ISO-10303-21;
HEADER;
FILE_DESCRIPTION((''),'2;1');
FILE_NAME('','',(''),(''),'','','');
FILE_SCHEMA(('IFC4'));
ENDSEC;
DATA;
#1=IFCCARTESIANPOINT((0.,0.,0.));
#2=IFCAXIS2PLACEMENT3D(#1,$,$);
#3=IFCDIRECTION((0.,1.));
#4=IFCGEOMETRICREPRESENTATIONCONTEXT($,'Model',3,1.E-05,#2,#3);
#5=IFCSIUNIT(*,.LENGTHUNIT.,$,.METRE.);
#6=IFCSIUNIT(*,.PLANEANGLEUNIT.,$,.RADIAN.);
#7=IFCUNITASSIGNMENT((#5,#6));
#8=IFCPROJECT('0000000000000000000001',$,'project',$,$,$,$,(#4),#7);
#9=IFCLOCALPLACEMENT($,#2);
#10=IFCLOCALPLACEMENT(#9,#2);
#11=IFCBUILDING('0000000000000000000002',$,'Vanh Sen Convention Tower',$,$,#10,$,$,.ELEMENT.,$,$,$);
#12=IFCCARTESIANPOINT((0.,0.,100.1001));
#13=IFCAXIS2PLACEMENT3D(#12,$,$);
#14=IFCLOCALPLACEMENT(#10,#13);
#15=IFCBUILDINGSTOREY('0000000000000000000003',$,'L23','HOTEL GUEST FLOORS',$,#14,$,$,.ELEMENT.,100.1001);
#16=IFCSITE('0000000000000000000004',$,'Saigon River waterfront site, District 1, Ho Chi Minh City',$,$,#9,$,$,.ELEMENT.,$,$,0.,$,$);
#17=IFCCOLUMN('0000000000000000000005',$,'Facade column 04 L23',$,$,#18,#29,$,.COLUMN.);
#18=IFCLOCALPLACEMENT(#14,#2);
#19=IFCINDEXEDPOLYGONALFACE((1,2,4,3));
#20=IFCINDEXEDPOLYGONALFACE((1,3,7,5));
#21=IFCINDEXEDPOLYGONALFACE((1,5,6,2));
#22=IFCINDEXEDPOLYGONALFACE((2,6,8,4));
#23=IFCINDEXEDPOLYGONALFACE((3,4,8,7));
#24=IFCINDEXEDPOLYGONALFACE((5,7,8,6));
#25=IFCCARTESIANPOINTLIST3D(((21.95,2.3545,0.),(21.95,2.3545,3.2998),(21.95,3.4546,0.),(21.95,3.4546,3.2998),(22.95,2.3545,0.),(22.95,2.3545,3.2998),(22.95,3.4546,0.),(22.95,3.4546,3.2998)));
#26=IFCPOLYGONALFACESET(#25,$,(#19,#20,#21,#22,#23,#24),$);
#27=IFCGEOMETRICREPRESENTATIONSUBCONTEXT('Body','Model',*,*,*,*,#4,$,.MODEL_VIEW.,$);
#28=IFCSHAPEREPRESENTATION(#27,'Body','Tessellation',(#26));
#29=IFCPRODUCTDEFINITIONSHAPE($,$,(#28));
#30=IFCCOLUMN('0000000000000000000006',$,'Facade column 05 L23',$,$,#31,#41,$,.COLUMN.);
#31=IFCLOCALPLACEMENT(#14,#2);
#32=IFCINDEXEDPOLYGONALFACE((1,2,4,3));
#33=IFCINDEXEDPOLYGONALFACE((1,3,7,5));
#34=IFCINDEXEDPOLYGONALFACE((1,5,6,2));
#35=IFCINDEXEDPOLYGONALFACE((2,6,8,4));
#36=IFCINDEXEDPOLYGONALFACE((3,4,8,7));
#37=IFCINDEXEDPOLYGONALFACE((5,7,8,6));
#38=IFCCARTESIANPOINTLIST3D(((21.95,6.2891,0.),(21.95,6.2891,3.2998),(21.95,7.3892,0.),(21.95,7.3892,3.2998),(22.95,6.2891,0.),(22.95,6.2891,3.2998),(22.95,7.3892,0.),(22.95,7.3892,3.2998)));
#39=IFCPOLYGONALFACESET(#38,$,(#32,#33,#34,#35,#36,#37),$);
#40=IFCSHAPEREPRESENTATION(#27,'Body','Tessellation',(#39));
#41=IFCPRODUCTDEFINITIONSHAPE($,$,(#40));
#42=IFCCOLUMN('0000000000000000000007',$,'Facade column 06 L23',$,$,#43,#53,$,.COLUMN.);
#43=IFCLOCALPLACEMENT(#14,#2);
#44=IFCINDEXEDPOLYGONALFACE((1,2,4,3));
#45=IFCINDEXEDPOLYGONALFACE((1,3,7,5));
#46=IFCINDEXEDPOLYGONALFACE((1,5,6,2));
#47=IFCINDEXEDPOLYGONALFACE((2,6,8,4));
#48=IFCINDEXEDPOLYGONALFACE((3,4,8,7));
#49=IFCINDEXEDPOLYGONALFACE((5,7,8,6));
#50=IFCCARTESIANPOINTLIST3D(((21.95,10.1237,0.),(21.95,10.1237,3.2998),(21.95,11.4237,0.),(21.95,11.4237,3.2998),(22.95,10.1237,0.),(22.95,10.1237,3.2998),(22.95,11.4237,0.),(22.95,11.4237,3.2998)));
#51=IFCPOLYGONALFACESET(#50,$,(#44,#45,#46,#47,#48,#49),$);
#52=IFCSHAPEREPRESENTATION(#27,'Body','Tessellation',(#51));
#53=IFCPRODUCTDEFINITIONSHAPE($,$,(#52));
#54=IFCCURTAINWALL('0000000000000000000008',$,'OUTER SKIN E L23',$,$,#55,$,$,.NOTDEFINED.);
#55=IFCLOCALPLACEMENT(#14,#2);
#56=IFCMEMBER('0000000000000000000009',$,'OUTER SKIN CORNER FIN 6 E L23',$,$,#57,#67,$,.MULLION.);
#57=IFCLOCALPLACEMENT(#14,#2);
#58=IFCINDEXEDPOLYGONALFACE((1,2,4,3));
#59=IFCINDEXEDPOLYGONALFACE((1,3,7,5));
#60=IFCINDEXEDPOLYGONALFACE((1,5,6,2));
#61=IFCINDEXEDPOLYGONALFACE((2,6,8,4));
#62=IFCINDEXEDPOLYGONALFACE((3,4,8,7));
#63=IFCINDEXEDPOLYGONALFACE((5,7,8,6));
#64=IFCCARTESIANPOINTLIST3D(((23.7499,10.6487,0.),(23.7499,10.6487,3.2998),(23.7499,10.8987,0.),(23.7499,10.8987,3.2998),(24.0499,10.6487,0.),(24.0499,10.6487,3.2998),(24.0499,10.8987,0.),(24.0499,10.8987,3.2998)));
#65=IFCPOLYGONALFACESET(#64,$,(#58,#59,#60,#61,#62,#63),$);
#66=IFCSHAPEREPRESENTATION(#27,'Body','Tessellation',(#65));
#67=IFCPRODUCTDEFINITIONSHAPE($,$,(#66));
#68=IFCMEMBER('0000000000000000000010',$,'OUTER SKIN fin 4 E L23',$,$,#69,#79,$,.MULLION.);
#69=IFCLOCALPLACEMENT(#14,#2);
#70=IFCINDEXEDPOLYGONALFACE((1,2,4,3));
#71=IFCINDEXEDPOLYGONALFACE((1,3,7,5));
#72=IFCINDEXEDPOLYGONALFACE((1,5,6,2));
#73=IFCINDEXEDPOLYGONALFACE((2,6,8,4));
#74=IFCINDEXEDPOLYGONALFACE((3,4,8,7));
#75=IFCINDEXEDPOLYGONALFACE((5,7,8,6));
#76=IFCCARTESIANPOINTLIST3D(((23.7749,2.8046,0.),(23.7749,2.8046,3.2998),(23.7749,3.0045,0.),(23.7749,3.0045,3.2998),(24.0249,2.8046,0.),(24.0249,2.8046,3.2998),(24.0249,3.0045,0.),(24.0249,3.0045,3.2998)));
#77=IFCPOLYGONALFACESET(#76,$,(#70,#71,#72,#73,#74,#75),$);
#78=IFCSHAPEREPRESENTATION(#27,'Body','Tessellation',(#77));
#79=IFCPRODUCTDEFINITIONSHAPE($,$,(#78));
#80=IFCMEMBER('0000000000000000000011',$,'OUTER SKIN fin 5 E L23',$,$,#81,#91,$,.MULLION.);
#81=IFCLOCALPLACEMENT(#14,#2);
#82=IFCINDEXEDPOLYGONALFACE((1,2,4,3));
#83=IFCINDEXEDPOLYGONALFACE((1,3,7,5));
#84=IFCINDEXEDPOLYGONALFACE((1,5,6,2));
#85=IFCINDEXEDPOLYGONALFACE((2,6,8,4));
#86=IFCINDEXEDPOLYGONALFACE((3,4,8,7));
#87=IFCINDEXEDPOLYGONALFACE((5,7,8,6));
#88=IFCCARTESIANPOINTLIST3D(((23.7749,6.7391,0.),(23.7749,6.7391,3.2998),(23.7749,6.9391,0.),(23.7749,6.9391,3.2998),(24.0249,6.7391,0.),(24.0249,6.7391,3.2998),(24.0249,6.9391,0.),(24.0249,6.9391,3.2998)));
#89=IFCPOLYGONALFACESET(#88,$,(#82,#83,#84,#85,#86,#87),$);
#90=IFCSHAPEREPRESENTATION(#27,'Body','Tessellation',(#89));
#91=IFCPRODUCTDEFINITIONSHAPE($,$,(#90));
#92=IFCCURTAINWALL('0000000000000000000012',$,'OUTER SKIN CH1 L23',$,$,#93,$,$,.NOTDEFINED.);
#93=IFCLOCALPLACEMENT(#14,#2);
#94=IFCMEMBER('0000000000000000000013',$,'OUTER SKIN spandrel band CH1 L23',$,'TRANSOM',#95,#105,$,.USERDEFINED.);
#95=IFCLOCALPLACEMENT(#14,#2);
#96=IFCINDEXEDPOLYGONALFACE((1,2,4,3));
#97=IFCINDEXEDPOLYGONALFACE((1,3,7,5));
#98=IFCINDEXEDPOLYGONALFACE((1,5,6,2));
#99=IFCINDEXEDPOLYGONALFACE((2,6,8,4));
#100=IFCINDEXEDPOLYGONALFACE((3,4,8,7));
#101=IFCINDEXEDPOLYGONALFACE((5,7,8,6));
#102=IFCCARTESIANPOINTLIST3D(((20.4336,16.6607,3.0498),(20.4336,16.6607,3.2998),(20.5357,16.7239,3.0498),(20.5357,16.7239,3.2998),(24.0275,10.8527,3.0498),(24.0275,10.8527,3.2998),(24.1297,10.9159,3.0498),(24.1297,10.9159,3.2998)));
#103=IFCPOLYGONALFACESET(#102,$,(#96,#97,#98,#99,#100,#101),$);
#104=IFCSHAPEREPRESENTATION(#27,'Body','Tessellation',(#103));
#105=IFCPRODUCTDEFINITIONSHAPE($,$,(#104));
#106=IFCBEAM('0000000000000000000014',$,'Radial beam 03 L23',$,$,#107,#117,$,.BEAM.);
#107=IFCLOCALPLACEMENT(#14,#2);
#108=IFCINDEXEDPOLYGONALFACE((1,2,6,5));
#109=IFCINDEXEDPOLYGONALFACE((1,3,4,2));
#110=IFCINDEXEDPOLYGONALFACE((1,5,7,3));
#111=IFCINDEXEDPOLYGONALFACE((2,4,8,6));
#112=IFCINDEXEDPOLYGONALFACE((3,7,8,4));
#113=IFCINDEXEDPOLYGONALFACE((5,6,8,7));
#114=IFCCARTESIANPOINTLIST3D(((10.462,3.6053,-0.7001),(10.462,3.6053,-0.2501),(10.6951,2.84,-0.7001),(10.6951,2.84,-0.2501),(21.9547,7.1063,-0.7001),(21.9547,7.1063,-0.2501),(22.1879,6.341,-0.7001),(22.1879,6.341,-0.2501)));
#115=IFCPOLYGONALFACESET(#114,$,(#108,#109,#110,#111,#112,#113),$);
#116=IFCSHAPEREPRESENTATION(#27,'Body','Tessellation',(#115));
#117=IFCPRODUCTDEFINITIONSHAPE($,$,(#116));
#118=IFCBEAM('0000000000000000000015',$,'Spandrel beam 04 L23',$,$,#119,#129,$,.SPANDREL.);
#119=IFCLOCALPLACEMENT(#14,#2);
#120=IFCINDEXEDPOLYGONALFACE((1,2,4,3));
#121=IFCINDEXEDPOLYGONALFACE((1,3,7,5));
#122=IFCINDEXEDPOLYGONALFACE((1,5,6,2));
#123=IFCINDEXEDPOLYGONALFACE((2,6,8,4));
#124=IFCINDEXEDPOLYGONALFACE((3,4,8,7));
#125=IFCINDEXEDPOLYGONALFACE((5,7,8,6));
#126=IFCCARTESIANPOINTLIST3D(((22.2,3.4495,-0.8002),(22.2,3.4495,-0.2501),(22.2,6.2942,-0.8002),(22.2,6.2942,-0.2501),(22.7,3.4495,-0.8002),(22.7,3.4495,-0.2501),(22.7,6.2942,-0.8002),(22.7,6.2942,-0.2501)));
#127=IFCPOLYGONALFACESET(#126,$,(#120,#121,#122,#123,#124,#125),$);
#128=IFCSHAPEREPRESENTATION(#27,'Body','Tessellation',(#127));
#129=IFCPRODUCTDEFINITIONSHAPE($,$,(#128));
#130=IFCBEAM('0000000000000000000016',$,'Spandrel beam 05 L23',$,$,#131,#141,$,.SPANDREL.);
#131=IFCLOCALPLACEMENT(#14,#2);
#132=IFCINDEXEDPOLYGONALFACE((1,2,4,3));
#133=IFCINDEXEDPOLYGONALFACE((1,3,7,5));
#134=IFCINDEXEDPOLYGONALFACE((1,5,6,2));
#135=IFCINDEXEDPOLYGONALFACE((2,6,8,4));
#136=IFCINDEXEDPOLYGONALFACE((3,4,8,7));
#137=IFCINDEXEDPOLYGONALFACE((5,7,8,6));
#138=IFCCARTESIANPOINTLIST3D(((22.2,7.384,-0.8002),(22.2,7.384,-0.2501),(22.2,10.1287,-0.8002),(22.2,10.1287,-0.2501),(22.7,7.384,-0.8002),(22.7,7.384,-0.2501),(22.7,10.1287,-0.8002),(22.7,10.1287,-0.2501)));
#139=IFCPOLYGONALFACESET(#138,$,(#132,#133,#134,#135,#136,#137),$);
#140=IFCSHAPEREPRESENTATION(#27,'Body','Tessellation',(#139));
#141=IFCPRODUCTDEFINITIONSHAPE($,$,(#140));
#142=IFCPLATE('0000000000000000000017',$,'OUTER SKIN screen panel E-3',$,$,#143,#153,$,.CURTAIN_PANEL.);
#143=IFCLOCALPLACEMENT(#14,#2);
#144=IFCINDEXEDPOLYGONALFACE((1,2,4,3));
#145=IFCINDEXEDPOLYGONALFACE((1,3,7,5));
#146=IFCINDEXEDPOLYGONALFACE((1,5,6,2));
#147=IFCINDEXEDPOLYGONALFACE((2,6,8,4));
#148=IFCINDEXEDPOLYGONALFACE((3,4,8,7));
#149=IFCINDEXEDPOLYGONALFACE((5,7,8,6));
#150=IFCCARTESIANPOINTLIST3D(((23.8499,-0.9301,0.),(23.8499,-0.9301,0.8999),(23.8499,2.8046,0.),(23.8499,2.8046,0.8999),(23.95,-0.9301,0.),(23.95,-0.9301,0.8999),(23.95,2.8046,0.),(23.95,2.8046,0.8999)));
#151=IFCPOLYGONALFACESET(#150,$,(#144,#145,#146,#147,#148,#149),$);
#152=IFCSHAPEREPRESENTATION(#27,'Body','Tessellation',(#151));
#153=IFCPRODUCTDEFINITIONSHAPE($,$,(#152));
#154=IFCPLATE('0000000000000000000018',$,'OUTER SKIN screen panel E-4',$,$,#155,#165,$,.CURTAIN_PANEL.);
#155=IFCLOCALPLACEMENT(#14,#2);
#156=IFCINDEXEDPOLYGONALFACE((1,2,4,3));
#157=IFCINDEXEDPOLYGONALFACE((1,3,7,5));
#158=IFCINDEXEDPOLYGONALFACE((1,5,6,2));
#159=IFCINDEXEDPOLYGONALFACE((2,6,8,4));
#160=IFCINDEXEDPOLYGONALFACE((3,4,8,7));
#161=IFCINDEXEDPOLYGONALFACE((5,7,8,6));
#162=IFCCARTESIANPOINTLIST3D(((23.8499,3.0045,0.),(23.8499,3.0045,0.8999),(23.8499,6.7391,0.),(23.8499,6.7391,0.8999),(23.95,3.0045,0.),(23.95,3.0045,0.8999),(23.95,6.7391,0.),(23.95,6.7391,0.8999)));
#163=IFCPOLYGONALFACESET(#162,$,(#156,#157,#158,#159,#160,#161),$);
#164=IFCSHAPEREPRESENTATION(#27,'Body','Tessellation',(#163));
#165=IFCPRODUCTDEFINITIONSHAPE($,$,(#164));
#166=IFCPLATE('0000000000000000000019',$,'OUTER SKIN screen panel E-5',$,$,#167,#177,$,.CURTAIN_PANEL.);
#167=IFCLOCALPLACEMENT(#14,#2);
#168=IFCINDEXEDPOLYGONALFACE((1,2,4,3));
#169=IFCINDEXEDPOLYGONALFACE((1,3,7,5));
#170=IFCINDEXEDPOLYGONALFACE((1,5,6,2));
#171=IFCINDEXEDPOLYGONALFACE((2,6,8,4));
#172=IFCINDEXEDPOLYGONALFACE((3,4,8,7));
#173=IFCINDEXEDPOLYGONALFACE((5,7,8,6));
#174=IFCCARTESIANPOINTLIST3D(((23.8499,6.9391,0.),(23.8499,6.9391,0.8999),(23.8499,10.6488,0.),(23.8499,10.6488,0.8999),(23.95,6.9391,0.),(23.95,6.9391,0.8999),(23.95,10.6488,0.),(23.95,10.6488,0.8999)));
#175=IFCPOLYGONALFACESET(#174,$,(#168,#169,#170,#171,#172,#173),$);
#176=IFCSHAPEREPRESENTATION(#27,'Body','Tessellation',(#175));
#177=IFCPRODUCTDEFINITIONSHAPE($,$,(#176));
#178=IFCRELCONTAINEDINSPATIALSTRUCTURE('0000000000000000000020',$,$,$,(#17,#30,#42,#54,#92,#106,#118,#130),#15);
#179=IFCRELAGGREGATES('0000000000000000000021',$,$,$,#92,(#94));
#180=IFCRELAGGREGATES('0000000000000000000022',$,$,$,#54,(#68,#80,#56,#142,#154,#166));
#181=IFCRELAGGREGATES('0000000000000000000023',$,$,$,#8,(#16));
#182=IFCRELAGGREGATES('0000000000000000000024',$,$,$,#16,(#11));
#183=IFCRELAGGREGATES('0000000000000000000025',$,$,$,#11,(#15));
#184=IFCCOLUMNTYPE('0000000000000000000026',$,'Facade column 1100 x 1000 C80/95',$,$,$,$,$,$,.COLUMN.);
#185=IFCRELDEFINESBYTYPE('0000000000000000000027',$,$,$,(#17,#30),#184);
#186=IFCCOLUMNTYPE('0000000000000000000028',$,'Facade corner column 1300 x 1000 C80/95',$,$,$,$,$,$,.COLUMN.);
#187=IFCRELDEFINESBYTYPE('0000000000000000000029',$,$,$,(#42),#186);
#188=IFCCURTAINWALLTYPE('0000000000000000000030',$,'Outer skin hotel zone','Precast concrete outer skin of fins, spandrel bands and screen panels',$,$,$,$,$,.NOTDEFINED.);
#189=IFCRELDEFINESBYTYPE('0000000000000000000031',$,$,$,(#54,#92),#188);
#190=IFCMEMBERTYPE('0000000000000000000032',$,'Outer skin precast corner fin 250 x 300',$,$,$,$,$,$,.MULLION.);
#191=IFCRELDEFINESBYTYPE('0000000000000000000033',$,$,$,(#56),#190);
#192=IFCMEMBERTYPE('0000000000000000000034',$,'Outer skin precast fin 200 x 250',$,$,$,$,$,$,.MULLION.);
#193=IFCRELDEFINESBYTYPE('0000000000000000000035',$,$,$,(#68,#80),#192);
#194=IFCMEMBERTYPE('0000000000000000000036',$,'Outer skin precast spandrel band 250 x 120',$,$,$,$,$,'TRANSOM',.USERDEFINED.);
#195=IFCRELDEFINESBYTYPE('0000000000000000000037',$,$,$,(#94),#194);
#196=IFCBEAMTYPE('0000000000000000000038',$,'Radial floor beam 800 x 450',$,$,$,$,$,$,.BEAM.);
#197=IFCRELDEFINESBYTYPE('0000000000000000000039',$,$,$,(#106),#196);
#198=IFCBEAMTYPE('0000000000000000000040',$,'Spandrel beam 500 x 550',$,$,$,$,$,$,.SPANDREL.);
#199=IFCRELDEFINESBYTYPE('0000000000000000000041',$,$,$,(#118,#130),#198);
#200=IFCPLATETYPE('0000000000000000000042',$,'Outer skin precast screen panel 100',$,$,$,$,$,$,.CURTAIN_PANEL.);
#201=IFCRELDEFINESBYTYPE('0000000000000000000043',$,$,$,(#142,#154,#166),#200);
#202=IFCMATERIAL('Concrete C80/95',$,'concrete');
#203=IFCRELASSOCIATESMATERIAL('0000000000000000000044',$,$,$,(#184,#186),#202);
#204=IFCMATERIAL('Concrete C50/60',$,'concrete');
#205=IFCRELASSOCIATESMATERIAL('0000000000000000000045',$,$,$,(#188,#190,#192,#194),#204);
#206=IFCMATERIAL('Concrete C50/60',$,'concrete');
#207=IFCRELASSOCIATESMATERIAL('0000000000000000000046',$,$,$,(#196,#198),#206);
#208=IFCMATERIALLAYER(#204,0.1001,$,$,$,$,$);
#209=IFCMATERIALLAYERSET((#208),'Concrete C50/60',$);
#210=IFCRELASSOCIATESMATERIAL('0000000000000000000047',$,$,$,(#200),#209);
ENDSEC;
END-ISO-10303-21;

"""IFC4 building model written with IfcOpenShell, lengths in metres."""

from ifc_helpers import new_model, si_unit, direction, frame, origin, origin_2d, place, context, subcontext, project, spatial, rectangle, extrude, material, layer, layer_set, material_profile, profile_set, type_object, element, aggregate, save


model = new_model("IFC4")

# Units and contexts
model_context = context("Model", 3, precision=1e-05, world=origin(), true_north=direction((0.0, 1.0)))
body_context = subcontext(model_context, "Body", "Model", "MODEL_VIEW")
ifc_project = project(units=[si_unit("LENGTHUNIT", "METRE"), si_unit("PLANEANGLEUNIT", "RADIAN")], contexts=[model_context])

# Site, building, storey
site_placement = place(None, origin())
site = spatial("IfcSite", under=ifc_project, at=site_placement, Name="Saigon River waterfront site, District 1, Ho Chi Minh City", CompositionType="ELEMENT", RefElevation=0.0)
building_placement = place(site_placement, origin())
building = spatial("IfcBuilding", under=site, at=building_placement, Name="Vanh Sen Convention Tower", CompositionType="ELEMENT")
storey_placement = place(building_placement, frame((0.0, 0.0, 100.1001)))
storey = spatial("IfcBuildingStorey", under=building, at=storey_placement, Name="L23", Description="HOTEL GUEST FLOORS", CompositionType="ELEMENT", Elevation=100.1001)

# Columns
ifc_material_1 = material(Name="Concrete C80/95", Category="concrete")
ifc_material_profile_1 = material_profile(ifc_material_1, rectangle(XDim=1.1001, YDim=1.0, at=origin_2d()), Name="RC 1100X1000")
ifc_profile_set_1 = profile_set([ifc_material_profile_1], Name="Concrete C80/95")
column_type_1 = type_object("IfcColumnType", Name="Facade column 1100 x 1000 C80/95", PredefinedType="COLUMN", material=ifc_profile_set_1)
for number, where, z_axis, x_axis, name in (
    (1, (22.45, 2.9045, 0.0), (0.0, 0.0, 1.0), (0.0, 1.0, 0.0), "Facade column 04 L23"),
    (2, (22.45, 6.8391, 0.0), (0.0, 0.0, 1.0), (0.0, 1.0, 0.0), "Facade column 05 L23"),
):
    element("IfcColumn", number, at=place(storey_placement, frame(where, z_axis=z_axis, x_axis=x_axis)), inside=storey, type_object=column_type_1, Name=name, PredefinedType="COLUMN", context=body_context, shape_type="SweptSolid", body=[
        extrude(rectangle(XDim=1.1001, YDim=1.0, at=origin_2d()), origin(), (0.0, 0.0, 1.0), 3.2998),
    ])
ifc_material_profile_2 = material_profile(ifc_material_1, rectangle(XDim=1.3, YDim=1.0, at=origin_2d()), Name="RC 1300X1000")
ifc_profile_set_2 = profile_set([ifc_material_profile_2], Name="Concrete C80/95")
column_type_2 = type_object("IfcColumnType", Name="Facade corner column 1300 x 1000 C80/95", PredefinedType="COLUMN", material=ifc_profile_set_2)
column_placement = place(storey_placement, frame((22.45, 10.7737, 0.0), z_axis=(0.0, 0.0, 1.0), x_axis=(0.0, 1.0, 0.0)))
element("IfcColumn", 3, at=column_placement, inside=storey, type_object=column_type_2, Name="Facade column 06 L23", PredefinedType="COLUMN", context=body_context, shape_type="SweptSolid", body=[
    extrude(rectangle(XDim=1.3, YDim=1.0, at=origin_2d()), origin(), (0.0, 0.0, 1.0), 3.2998),
])

# Curtain wall, members
ifc_material_2 = material(Name="Concrete C50/60", Category="concrete")
curtain_wall_type = type_object("IfcCurtainWallType", Name="Outer skin hotel zone", Description="Precast concrete outer skin of fins, spandrel bands and screen panels", PredefinedType="NOTDEFINED", material=ifc_material_2)
curtain_wall_1_placement = place(storey_placement, origin())
curtain_wall_1 = element("IfcCurtainWall", 4, at=curtain_wall_1_placement, inside=storey, type_object=curtain_wall_type, Name="OUTER SKIN E L23", PredefinedType="NOTDEFINED")
ifc_material_profile_3 = material_profile(ifc_material_2, rectangle(XDim=0.25, YDim=0.3, at=origin_2d()), Name="Outer skin precast corner fin 250 x 300")
ifc_profile_set_3 = profile_set([ifc_material_profile_3], Name="Concrete C50/60")
member_type_1 = type_object("IfcMemberType", Name="Outer skin precast corner fin 250 x 300", PredefinedType="MULLION", material=ifc_profile_set_3)
member_1_placement = place(storey_placement, frame((23.8999, 10.7737, 0.0), z_axis=(0.0, 0.0, 1.0), x_axis=(0.0, 1.0, 0.0)))
member_1 = element("IfcMember", 5, at=member_1_placement, type_object=member_type_1, Name="OUTER SKIN CORNER FIN 6 E L23", PredefinedType="MULLION", context=body_context, shape_type="SweptSolid", body=[
    extrude(rectangle(XDim=0.25, YDim=0.3, at=origin_2d()), origin(), (0.0, 0.0, 1.0), 3.2998),
])
ifc_material_profile_4 = material_profile(ifc_material_2, rectangle(XDim=0.2, YDim=0.25, at=origin_2d()), Name="Outer skin precast fin 200 x 250")
ifc_profile_set_4 = profile_set([ifc_material_profile_4], Name="Concrete C50/60")
member_type_2 = type_object("IfcMemberType", Name="Outer skin precast fin 200 x 250", PredefinedType="MULLION", material=ifc_profile_set_4)
member_2_placement = place(storey_placement, frame((23.8999, 2.9045, 0.0), z_axis=(0.0, 0.0, 1.0), x_axis=(0.0, 1.0, 0.0)))
member_2 = element("IfcMember", 6, at=member_2_placement, type_object=member_type_2, Name="OUTER SKIN fin 4 E L23", PredefinedType="MULLION", context=body_context, shape_type="SweptSolid", body=[
    extrude(rectangle(XDim=0.2, YDim=0.25, at=origin_2d()), origin(), (0.0, 0.0, 1.0), 3.2998),
])
member_3_placement = place(storey_placement, frame((23.8999, 6.8391, 0.0), z_axis=(0.0, 0.0, 1.0), x_axis=(0.0, 1.0, 0.0)))
member_3 = element("IfcMember", 7, at=member_3_placement, type_object=member_type_2, Name="OUTER SKIN fin 5 E L23", PredefinedType="MULLION", context=body_context, shape_type="SweptSolid", body=[
    extrude(rectangle(XDim=0.2, YDim=0.25, at=origin_2d()), origin(), (0.0, 0.0, 1.0), 3.2998),
])

# Curtain wall, member
curtain_wall_2_placement = place(storey_placement, origin())
curtain_wall_2 = element("IfcCurtainWall", 8, at=curtain_wall_2_placement, inside=storey, type_object=curtain_wall_type, Name="OUTER SKIN CH1 L23", PredefinedType="NOTDEFINED")
ifc_material_profile_5 = material_profile(ifc_material_2, rectangle(XDim=0.1201, YDim=0.25, at=origin_2d()), Name="Outer skin precast spandrel band 250 x 120")
ifc_profile_set_5 = profile_set([ifc_material_profile_5], Name="Concrete C50/60")
member_type_3 = type_object("IfcMemberType", Name="Outer skin precast spandrel band 250 x 120", ElementType="TRANSOM", PredefinedType="USERDEFINED", material=ifc_profile_set_5)
member_4_placement = place(storey_placement, frame((24.0786, 10.8843, 3.1748), z_axis=(-0.526196, 0.850363, 0.0), x_axis=(-0.850363, -0.526196, 0.0)))
member_4 = element("IfcMember", 9, at=member_4_placement, type_object=member_type_3, Name="OUTER SKIN spandrel band CH1 L23", ObjectType="TRANSOM", PredefinedType="USERDEFINED", context=body_context, shape_type="SweptSolid", body=[
    extrude(rectangle(XDim=0.1201, YDim=0.25, at=origin_2d()), origin(), (0.0, 0.0, 1.0), 6.8301),
])
aggregate(curtain_wall_2, [member_4])

# Beams
ifc_material_3 = material(Name="Concrete C50/60", Category="concrete")
ifc_material_profile_6 = material_profile(ifc_material_3, rectangle(XDim=0.8, YDim=0.45, at=origin_2d()), Name="RC 800X450")
ifc_profile_set_6 = profile_set([ifc_material_profile_6], Name="Concrete C50/60")
beam_type_1 = type_object("IfcBeamType", Name="Radial floor beam 800 x 450", PredefinedType="BEAM", material=ifc_profile_set_6)
beam_1_placement = place(storey_placement, frame((22.0713, 6.7236, -0.4751), z_axis=(-0.9566, -0.291406, 0.0), x_axis=(0.291406, -0.9566, 0.0)))
element("IfcBeam", 10, at=beam_1_placement, inside=storey, type_object=beam_type_1, Name="Radial beam 03 L23", PredefinedType="BEAM", context=body_context, shape_type="SweptSolid", body=[
    extrude(rectangle(XDim=0.8, YDim=0.45, at=origin_2d()), origin(), (0.0, 0.0, 1.0), 12.0142),
])
ifc_material_profile_7 = material_profile(ifc_material_3, rectangle(XDim=0.5, YDim=0.55, at=origin_2d()), Name="RC 500X550")
ifc_profile_set_7 = profile_set([ifc_material_profile_7], Name="Concrete C50/60")
beam_type_2 = type_object("IfcBeamType", Name="Spandrel beam 500 x 550", PredefinedType="SPANDREL", material=ifc_profile_set_7)
beam_2_placement = place(storey_placement, frame((22.45, 3.4495, -0.5251), z_axis=(0.0, 1.0, 0.0), x_axis=(-1.0, 0.0, 0.0)))
element("IfcBeam", 11, at=beam_2_placement, inside=storey, type_object=beam_type_2, Name="Spandrel beam 04 L23", PredefinedType="SPANDREL", context=body_context, shape_type="SweptSolid", body=[
    extrude(rectangle(XDim=0.5, YDim=0.55, at=origin_2d()), origin(), (0.0, 0.0, 1.0), 2.8447),
])
beam_3_placement = place(storey_placement, frame((22.45, 7.384, -0.5251), z_axis=(0.0, 1.0, 0.0), x_axis=(-1.0, 0.0, 0.0)))
element("IfcBeam", 12, at=beam_3_placement, inside=storey, type_object=beam_type_2, Name="Spandrel beam 05 L23", PredefinedType="SPANDREL", context=body_context, shape_type="SweptSolid", body=[
    extrude(rectangle(XDim=0.5, YDim=0.55, at=origin_2d()), origin(), (0.0, 0.0, 1.0), 2.7446),
])

# Plates
ifc_layer_1 = layer(ifc_material_2, 0.1001)
ifc_layer_set_1 = layer_set([ifc_layer_1], Name="Concrete C50/60")
plate_type = type_object("IfcPlateType", Name="Outer skin precast screen panel 100", PredefinedType="CURTAIN_PANEL", material=ifc_layer_set_1)
plate_1_placement = place(storey_placement, frame((23.8999, 0.9373, 0.0), z_axis=(0.0, 0.0, 1.0), x_axis=(0.0, 1.0, 0.0)))
plate_1 = element("IfcPlate", 13, at=plate_1_placement, type_object=plate_type, Name="OUTER SKIN screen panel E-3", PredefinedType="CURTAIN_PANEL", context=body_context, shape_type="SweptSolid", body=[
    extrude(rectangle(XDim=3.7346, YDim=0.1001, at=origin_2d()), origin(), (0.0, 0.0, 1.0), 0.8999),
])
plate_2_placement = place(storey_placement, frame((23.8999, 4.8718, 0.0), z_axis=(0.0, 0.0, 1.0), x_axis=(0.0, 1.0, 0.0)))
plate_2 = element("IfcPlate", 14, at=plate_2_placement, type_object=plate_type, Name="OUTER SKIN screen panel E-4", PredefinedType="CURTAIN_PANEL", context=body_context, shape_type="SweptSolid", body=[
    extrude(rectangle(XDim=3.7346, YDim=0.1001, at=origin_2d()), origin(), (0.0, 0.0, 1.0), 0.8999),
])
plate_3_placement = place(storey_placement, frame((23.8999, 8.7939, 0.0), z_axis=(0.0, 0.0, 1.0), x_axis=(0.0, 1.0, 0.0)))
plate_3 = element("IfcPlate", 15, at=plate_3_placement, type_object=plate_type, Name="OUTER SKIN screen panel E-5", PredefinedType="CURTAIN_PANEL", context=body_context, shape_type="SweptSolid", body=[
    extrude(rectangle(XDim=3.7097, YDim=0.1001, at=origin_2d()), origin(), (0.0, 0.0, 1.0), 0.8999),
])
aggregate(curtain_wall_1, [member_2, member_3, member_1, plate_1, plate_2, plate_3])

save(model, "model.ifc")
